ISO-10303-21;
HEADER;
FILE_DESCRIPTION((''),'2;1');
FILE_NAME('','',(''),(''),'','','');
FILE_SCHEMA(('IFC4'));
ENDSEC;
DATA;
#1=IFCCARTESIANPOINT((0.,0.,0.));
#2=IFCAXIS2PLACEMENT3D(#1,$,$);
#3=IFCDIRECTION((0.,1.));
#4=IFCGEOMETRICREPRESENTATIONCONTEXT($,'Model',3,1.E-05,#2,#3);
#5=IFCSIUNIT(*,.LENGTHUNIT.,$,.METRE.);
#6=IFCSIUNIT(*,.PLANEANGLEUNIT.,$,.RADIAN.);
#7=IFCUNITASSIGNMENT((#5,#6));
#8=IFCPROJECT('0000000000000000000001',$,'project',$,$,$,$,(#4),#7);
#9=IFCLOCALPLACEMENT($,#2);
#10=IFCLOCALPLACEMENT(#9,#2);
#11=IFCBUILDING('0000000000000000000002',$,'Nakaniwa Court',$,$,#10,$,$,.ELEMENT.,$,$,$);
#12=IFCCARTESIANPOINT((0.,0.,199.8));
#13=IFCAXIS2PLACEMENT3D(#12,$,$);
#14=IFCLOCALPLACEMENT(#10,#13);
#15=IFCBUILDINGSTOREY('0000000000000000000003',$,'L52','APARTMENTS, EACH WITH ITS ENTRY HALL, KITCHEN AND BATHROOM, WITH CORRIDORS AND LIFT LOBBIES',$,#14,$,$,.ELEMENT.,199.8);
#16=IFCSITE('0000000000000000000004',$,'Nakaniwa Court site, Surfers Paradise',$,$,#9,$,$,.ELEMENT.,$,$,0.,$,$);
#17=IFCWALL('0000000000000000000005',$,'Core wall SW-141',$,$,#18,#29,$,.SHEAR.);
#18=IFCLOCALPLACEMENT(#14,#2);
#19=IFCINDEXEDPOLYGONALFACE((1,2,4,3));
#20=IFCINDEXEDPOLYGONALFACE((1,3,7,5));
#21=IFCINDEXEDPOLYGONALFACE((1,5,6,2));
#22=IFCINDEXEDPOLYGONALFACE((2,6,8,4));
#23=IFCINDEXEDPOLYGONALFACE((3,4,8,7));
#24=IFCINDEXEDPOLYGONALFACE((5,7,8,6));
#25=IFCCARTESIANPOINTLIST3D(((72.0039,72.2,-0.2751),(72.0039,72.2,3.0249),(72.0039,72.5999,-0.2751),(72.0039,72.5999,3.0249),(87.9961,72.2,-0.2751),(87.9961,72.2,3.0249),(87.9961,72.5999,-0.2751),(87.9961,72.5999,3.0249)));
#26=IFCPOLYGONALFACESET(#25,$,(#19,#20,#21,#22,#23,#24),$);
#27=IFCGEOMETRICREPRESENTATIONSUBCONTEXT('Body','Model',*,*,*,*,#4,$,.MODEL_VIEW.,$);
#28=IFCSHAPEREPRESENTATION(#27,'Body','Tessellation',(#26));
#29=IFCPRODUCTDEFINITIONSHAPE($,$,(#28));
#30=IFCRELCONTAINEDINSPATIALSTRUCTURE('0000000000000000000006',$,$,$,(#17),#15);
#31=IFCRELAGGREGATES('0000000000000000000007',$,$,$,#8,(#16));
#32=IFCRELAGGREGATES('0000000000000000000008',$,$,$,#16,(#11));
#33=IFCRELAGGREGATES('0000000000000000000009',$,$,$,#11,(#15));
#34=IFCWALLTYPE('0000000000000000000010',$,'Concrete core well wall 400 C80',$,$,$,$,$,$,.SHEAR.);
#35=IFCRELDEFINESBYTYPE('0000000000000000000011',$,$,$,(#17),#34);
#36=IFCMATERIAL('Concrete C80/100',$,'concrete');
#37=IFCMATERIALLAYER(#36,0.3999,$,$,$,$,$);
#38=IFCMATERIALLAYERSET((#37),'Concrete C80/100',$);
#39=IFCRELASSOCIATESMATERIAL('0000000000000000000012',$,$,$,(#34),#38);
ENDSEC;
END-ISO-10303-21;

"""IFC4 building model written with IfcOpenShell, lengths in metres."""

from ifc_helpers import new_model, si_unit, direction, frame, frame_2d, origin, place, context, subcontext, project, spatial, rectangle, extrude, material, layer, layer_set, type_object, element, save


model = new_model("IFC4")

# Units and contexts
model_context = context("Model", 3, precision=1e-05, world=origin(), true_north=direction((0.0, 1.0)))
body_context = subcontext(model_context, "Body", "Model", "MODEL_VIEW")
ifc_project = project(units=[si_unit("LENGTHUNIT", "METRE"), si_unit("PLANEANGLEUNIT", "RADIAN")], contexts=[model_context])

# Site, building, storey
site_placement = place(None, origin())
site = spatial("IfcSite", under=ifc_project, at=site_placement, Name="Nakaniwa Court site, Surfers Paradise", CompositionType="ELEMENT", RefElevation=0.0)
building_placement = place(site_placement, origin())
building = spatial("IfcBuilding", under=site, at=building_placement, Name="Nakaniwa Court", CompositionType="ELEMENT")
storey_placement = place(building_placement, frame((0.0, 0.0, 199.8)))
storey = spatial("IfcBuildingStorey", under=building, at=storey_placement, Name="L52", Description="APARTMENTS, EACH WITH ITS ENTRY HALL, KITCHEN AND BATHROOM, WITH CORRIDORS AND LIFT LOBBIES", CompositionType="ELEMENT", Elevation=199.8)

# Shared definitions
ifc_material_1 = material(Name="Concrete C80/100", Category="concrete")

# Wall
ifc_layer_1 = layer(ifc_material_1, 0.3999)
ifc_layer_set_1 = layer_set([ifc_layer_1], Name="Concrete C80/100")
wall_type_1 = type_object("IfcWallType", Name="Concrete core well wall 400 C80", PredefinedType="SHEAR", material=ifc_layer_set_1)
wall_1_placement = place(storey_placement, frame((72.0039, 72.3999, -0.2751), z_axis=(0.0, 0.0, 1.0), x_axis=(1.0, 0.0, 0.0)))
element("IfcWall", 1, at=wall_1_placement, inside=storey, type_object=wall_type_1, Name="Core wall SW-141", PredefinedType="SHEAR", context=body_context, shape_type="SweptSolid", body=[
    extrude(rectangle(XDim=15.9922, YDim=0.3999, at=frame_2d((7.9961, 0.0))), origin(), (0.0, 0.0, 1.0), 3.3),
])

save(model, "model.ifc")
